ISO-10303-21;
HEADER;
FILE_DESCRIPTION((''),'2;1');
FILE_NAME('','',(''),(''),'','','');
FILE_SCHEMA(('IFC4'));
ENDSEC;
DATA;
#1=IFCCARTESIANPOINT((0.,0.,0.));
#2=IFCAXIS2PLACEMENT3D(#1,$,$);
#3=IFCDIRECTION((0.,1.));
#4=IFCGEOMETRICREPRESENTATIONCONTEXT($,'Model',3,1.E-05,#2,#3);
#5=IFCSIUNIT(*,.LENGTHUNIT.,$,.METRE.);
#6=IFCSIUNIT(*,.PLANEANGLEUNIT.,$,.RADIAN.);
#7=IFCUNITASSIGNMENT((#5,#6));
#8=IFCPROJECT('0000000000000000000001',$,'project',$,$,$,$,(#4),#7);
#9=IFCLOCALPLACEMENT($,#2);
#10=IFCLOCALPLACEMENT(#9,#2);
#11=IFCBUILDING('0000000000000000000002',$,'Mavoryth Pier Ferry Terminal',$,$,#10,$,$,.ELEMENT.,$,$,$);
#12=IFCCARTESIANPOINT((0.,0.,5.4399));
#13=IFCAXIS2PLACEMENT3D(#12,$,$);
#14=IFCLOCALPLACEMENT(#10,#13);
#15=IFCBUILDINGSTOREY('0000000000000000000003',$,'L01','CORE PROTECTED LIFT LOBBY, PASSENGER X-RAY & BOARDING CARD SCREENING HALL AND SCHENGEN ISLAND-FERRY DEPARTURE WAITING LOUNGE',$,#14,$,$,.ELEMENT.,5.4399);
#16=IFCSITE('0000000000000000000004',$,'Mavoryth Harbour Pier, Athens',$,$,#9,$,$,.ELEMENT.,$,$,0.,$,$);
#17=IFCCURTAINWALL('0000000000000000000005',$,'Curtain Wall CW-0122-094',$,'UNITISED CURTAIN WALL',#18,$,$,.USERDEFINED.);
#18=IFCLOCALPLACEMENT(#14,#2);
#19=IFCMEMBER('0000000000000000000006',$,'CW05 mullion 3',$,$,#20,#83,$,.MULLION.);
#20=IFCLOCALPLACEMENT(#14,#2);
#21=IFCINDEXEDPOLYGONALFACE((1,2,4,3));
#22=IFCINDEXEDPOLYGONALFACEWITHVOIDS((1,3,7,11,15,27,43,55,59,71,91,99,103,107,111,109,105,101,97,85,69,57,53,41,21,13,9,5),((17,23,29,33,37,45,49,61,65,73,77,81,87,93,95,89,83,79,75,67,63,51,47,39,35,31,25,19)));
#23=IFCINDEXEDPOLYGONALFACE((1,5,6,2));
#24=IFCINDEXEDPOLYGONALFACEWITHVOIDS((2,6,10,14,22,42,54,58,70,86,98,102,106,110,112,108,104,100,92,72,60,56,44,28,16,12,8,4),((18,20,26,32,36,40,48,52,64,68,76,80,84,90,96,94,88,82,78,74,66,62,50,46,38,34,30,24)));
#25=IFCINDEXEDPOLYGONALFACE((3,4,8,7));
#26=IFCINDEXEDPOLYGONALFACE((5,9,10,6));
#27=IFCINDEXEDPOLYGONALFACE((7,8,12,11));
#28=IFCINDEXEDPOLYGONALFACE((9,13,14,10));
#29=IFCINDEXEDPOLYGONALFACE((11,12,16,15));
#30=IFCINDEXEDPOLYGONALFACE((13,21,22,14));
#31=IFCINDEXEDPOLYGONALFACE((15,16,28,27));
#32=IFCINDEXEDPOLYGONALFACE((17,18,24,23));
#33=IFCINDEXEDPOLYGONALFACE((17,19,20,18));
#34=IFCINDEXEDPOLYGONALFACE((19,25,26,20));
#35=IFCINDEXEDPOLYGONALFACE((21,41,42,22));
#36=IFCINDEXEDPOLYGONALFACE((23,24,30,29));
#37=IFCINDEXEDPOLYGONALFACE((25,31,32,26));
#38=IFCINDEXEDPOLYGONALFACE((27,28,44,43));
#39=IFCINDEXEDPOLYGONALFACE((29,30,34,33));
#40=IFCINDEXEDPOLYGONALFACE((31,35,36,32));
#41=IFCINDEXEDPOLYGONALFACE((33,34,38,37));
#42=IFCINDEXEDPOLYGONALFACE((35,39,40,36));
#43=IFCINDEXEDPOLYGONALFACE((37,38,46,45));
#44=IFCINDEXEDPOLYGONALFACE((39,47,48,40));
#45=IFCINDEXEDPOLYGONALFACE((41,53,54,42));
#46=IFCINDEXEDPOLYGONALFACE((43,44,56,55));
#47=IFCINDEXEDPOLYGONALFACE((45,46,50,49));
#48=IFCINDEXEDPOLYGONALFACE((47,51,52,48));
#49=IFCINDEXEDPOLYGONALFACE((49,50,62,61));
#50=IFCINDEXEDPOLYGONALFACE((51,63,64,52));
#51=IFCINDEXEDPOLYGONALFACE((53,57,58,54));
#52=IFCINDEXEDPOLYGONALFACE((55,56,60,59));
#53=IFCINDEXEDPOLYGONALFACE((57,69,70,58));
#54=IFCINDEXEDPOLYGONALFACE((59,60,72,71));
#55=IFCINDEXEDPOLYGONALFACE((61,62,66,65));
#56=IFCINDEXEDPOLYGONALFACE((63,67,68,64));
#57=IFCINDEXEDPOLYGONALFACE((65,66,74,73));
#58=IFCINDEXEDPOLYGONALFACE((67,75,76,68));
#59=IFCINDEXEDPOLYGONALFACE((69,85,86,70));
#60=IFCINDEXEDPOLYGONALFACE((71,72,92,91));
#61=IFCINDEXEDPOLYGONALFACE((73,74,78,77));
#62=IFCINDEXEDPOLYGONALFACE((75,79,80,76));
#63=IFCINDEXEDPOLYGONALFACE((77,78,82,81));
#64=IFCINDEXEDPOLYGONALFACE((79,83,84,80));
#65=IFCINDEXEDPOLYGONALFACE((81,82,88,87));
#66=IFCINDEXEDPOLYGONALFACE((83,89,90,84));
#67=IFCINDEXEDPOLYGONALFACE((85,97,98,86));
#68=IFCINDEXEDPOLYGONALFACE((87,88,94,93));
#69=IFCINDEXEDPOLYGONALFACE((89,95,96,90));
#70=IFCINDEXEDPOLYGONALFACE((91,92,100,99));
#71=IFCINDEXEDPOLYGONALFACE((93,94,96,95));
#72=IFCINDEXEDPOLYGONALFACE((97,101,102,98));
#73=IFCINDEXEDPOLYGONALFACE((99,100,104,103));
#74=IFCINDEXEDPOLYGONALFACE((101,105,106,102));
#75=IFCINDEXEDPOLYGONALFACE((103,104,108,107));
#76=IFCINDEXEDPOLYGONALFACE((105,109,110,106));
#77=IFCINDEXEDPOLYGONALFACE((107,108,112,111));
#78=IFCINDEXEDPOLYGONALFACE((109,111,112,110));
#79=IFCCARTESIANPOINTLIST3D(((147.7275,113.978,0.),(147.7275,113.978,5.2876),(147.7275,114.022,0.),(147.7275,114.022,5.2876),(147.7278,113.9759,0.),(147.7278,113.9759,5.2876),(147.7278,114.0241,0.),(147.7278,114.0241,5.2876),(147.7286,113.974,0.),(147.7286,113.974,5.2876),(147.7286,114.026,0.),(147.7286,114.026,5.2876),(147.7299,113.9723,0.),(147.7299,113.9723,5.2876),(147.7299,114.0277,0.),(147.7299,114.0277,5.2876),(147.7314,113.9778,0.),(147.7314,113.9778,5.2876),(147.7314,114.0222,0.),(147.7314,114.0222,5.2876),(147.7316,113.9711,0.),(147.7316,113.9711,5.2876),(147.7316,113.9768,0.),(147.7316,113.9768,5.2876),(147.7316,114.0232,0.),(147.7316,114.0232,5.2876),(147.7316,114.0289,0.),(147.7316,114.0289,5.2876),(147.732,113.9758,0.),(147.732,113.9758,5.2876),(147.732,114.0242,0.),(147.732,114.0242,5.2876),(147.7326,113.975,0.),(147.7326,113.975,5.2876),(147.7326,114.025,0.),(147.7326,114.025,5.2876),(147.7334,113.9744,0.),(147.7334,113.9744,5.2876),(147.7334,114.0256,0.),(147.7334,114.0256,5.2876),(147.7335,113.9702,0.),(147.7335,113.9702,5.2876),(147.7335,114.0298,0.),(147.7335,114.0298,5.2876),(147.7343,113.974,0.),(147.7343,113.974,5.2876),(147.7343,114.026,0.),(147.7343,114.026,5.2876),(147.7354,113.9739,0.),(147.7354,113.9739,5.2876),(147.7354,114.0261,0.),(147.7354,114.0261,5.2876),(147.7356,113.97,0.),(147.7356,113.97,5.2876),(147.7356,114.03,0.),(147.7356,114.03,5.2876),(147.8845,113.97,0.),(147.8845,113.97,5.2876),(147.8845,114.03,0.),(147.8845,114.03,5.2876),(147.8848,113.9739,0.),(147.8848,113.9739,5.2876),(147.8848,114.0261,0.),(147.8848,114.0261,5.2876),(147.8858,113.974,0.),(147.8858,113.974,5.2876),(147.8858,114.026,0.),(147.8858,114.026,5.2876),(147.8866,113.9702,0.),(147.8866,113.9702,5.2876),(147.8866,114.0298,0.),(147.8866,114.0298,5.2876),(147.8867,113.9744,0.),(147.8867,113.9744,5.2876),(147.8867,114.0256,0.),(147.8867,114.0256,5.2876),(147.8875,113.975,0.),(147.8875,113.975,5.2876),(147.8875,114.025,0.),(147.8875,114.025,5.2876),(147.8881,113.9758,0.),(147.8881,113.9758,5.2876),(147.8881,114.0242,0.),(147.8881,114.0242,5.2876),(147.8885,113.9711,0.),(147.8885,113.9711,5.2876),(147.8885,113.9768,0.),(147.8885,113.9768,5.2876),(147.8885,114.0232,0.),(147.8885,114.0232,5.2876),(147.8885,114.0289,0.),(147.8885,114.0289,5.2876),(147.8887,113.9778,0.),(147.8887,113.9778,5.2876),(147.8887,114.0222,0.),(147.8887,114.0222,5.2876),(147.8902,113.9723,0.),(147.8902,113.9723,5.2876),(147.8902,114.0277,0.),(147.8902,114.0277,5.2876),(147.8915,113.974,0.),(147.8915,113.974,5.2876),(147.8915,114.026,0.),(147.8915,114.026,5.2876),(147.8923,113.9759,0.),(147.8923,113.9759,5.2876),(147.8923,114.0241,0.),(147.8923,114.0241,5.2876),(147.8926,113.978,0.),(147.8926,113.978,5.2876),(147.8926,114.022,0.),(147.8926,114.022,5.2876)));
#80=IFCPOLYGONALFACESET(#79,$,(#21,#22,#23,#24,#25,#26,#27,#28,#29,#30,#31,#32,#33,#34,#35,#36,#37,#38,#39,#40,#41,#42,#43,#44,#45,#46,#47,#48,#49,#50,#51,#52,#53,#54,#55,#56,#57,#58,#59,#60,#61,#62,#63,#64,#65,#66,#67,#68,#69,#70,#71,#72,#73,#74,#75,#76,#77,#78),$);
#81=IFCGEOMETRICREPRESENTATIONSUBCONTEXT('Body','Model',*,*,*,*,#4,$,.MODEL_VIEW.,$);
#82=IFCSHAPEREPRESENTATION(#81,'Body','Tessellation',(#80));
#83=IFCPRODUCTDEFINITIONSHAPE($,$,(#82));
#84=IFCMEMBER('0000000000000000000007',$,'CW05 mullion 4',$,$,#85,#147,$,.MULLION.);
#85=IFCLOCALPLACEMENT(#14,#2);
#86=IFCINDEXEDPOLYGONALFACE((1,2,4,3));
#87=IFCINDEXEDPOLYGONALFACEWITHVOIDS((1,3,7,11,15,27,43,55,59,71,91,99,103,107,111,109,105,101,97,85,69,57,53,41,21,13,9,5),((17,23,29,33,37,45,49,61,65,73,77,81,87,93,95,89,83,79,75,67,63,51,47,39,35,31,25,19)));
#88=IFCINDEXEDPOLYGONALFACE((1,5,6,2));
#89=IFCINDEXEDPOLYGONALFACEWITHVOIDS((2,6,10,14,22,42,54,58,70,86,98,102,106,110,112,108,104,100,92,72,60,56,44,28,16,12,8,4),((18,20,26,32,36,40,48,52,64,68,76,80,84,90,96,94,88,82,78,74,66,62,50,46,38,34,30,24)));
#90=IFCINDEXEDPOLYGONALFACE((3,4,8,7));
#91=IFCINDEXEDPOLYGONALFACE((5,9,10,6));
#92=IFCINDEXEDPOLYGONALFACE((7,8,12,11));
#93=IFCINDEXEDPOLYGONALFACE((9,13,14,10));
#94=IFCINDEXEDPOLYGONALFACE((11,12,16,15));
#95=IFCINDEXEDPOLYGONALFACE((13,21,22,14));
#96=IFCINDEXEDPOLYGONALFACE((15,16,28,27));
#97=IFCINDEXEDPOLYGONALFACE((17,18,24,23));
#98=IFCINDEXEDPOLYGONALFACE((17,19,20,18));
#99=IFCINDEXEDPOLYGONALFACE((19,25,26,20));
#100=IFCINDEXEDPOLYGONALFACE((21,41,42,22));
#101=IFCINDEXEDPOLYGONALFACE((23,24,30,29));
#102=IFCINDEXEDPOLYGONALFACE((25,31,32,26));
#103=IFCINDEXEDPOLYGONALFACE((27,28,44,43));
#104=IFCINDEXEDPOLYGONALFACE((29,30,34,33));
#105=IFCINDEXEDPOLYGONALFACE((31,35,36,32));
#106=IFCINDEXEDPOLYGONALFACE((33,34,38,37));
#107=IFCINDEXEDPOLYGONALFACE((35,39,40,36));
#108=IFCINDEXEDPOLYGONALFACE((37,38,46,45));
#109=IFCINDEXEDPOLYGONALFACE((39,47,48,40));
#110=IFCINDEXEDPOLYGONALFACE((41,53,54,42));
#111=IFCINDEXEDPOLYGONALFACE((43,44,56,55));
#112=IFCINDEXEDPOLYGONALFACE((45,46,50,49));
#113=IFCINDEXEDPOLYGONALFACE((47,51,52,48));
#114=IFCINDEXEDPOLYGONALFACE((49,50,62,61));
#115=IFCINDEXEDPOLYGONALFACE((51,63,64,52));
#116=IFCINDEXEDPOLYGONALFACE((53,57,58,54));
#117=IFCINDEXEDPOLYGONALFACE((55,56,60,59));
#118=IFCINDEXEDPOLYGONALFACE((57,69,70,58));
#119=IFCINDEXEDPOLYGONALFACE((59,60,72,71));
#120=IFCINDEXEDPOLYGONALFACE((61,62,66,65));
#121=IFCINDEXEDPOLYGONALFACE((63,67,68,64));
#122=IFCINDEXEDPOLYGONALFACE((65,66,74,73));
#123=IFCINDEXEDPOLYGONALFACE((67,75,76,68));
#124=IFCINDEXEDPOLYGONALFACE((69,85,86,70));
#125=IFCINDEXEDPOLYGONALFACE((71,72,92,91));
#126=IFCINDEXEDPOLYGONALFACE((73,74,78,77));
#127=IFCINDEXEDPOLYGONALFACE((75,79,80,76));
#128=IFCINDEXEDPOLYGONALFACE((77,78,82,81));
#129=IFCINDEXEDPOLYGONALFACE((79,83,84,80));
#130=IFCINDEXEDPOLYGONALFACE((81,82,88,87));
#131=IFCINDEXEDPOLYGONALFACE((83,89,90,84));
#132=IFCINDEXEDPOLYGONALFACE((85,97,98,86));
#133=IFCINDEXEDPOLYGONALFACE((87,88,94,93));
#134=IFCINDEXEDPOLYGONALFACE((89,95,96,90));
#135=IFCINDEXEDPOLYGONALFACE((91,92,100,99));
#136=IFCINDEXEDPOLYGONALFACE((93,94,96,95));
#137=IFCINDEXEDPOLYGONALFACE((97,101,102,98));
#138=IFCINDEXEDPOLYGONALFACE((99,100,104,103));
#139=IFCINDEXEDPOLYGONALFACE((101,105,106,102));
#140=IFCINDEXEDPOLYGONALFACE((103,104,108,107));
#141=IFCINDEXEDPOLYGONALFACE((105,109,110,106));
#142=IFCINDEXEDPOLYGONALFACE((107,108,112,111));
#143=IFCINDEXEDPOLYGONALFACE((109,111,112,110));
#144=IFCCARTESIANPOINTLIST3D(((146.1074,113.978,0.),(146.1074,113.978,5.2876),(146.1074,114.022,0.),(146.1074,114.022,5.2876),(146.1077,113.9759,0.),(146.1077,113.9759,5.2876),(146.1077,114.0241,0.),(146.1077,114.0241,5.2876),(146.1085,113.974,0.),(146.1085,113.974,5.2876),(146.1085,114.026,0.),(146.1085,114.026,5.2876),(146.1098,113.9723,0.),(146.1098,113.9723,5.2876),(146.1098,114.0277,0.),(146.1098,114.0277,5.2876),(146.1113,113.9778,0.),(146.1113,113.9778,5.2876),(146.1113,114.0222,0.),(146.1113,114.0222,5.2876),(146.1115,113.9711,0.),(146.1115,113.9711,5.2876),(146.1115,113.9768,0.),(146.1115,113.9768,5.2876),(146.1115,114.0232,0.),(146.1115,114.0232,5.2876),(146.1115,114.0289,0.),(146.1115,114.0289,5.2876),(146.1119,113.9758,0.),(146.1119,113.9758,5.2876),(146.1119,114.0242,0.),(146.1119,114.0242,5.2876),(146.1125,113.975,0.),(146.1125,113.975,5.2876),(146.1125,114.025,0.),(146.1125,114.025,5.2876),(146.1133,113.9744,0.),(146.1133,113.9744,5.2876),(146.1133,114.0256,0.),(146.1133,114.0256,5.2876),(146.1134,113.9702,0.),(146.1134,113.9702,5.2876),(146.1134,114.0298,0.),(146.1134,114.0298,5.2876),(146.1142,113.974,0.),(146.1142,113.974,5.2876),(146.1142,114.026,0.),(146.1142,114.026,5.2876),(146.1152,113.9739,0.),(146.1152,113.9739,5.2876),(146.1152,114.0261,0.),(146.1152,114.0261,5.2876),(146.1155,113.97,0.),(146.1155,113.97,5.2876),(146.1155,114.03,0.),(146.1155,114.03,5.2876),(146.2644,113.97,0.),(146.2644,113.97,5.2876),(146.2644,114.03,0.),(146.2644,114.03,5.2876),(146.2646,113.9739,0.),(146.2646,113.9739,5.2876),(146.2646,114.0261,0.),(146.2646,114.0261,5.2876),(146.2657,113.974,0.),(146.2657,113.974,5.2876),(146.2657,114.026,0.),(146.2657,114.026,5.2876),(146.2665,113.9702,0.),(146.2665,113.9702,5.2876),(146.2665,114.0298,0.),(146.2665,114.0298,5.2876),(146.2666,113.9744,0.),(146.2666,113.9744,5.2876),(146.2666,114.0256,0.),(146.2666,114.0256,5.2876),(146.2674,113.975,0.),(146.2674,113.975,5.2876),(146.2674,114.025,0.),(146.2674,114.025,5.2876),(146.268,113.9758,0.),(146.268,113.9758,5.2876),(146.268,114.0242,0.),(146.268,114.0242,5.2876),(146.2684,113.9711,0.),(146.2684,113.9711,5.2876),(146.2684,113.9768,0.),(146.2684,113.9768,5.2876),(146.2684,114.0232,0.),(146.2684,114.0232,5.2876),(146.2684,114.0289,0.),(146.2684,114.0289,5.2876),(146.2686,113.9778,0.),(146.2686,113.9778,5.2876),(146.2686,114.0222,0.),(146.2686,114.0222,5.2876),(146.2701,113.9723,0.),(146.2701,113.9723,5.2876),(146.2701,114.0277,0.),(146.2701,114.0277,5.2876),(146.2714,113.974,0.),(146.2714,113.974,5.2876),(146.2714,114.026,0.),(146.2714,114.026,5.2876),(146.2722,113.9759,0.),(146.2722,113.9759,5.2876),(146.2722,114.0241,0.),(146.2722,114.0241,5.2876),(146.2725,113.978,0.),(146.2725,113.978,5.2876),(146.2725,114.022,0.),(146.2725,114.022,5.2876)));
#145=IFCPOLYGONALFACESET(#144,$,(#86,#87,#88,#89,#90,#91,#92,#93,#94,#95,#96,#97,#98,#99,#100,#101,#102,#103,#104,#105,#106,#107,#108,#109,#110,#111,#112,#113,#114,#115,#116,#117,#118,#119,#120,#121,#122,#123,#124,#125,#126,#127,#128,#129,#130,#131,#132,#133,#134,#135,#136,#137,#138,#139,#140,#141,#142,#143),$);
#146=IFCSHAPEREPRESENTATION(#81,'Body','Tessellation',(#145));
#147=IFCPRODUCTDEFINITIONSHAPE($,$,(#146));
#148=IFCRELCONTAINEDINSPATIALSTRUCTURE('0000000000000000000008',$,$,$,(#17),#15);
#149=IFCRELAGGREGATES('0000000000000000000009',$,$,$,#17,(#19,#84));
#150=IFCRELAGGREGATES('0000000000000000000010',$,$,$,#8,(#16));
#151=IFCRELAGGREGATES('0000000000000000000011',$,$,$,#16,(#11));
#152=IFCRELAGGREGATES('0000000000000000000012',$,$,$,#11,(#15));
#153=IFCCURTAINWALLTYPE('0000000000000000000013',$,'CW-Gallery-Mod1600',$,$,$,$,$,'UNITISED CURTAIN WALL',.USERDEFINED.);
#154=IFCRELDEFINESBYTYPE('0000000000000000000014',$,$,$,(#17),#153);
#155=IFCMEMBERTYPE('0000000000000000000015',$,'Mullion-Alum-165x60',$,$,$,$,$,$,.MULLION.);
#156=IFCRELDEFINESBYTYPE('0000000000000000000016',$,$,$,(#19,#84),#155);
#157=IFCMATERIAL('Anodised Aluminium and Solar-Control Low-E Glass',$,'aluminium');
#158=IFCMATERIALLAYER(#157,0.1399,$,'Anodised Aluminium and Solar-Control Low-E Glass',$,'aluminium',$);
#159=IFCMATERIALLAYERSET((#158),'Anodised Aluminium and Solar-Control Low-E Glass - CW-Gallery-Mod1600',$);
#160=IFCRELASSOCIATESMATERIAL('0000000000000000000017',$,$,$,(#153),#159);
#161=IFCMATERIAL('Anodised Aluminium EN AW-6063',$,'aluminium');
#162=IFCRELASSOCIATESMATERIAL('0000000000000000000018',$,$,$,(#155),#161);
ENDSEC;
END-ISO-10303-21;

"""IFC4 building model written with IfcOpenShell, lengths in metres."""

from ifc_helpers import new_model, si_unit, direction, frame, origin, origin_2d, place, context, subcontext, project, spatial, hollow_rectangle, extrude, material, layer, layer_set, material_profile, profile_set, type_object, element, aggregate, save


model = new_model("IFC4")

# Units and contexts
model_context = context("Model", 3, precision=1e-05, world=origin(), true_north=direction((0.0, 1.0)))
body_context = subcontext(model_context, "Body", "Model", "MODEL_VIEW")
ifc_project = project(units=[si_unit("LENGTHUNIT", "METRE"), si_unit("PLANEANGLEUNIT", "RADIAN")], contexts=[model_context])

# Site, building, storey
site_placement = place(None, origin())
site = spatial("IfcSite", under=ifc_project, at=site_placement, Name="Mavoryth Harbour Pier, Athens", CompositionType="ELEMENT", RefElevation=0.0)
building_placement = place(site_placement, origin())
building = spatial("IfcBuilding", under=site, at=building_placement, Name="Mavoryth Pier Ferry Terminal", CompositionType="ELEMENT")
storey_placement = place(building_placement, frame((0.0, 0.0, 5.4399)))
storey = spatial("IfcBuildingStorey", under=building, at=storey_placement, Name="L01", Description="CORE PROTECTED LIFT LOBBY, PASSENGER X-RAY & BOARDING CARD SCREENING HALL AND SCHENGEN ISLAND-FERRY DEPARTURE WAITING LOUNGE", CompositionType="ELEMENT", Elevation=5.4399)

# Curtain wall, members
ifc_material_1 = material(Name="Anodised Aluminium and Solar-Control Low-E Glass", Category="aluminium")
ifc_layer_1 = layer(ifc_material_1, 0.1399, Name="Anodised Aluminium and Solar-Control Low-E Glass", Category="aluminium")
ifc_layer_set_1 = layer_set([ifc_layer_1], Name="Anodised Aluminium and Solar-Control Low-E Glass - CW-Gallery-Mod1600")
curtain_wall_type = type_object("IfcCurtainWallType", Name="CW-Gallery-Mod1600", ElementType="UNITISED CURTAIN WALL", PredefinedType="USERDEFINED", material=ifc_layer_set_1)
curtain_wall_placement = place(storey_placement, origin())
curtain_wall = element("IfcCurtainWall", 1, at=curtain_wall_placement, inside=storey, type_object=curtain_wall_type, Name="Curtain Wall CW-0122-094", ObjectType="UNITISED CURTAIN WALL", PredefinedType="USERDEFINED")
ifc_material_2 = material(Name="Anodised Aluminium EN AW-6063", Category="aluminium")
ifc_material_profile_1 = material_profile(ifc_material_2, hollow_rectangle(XDim=0.0601, YDim=0.165, WallThickness=0.0039, InnerFilletRadius=0.0039, OuterFilletRadius=0.0081, at=origin_2d()), Name="AL-MULL 165x60x4", Category="aluminium")
ifc_profile_set_1 = profile_set([ifc_material_profile_1], Name="Anodised Aluminium EN AW-6063 - AL-MULL 165x60x4")
member_type_1 = type_object("IfcMemberType", Name="Mullion-Alum-165x60", PredefinedType="MULLION", material=ifc_profile_set_1)
member_1_placement = place(storey_placement, frame((147.8101, 114.0, 0.0), z_axis=(0.0, 0.0, 1.0), x_axis=(0.0, -1.0, 0.0)))
member_1 = element("IfcMember", 2, at=member_1_placement, type_object=member_type_1, Name="CW05 mullion 3", PredefinedType="MULLION", context=body_context, shape_type="SweptSolid", body=[
    extrude(hollow_rectangle(XDim=0.0601, YDim=0.165, WallThickness=0.0039, InnerFilletRadius=0.0039, OuterFilletRadius=0.0081, at=origin_2d()), origin(), (0.0, 0.0, 1.0), 5.2876),
])
member_2_placement = place(storey_placement, frame((146.1899, 114.0, 0.0), z_axis=(0.0, 0.0, 1.0), x_axis=(0.0, -1.0, 0.0)))
member_2 = element("IfcMember", 3, at=member_2_placement, type_object=member_type_1, Name="CW05 mullion 4", PredefinedType="MULLION", context=body_context, shape_type="SweptSolid", body=[
    extrude(hollow_rectangle(XDim=0.0601, YDim=0.165, WallThickness=0.0039, InnerFilletRadius=0.0039, OuterFilletRadius=0.0081, at=origin_2d()), origin(), (0.0, 0.0, 1.0), 5.2876),
])
aggregate(curtain_wall, [member_1, member_2])

save(model, "model.ifc")
